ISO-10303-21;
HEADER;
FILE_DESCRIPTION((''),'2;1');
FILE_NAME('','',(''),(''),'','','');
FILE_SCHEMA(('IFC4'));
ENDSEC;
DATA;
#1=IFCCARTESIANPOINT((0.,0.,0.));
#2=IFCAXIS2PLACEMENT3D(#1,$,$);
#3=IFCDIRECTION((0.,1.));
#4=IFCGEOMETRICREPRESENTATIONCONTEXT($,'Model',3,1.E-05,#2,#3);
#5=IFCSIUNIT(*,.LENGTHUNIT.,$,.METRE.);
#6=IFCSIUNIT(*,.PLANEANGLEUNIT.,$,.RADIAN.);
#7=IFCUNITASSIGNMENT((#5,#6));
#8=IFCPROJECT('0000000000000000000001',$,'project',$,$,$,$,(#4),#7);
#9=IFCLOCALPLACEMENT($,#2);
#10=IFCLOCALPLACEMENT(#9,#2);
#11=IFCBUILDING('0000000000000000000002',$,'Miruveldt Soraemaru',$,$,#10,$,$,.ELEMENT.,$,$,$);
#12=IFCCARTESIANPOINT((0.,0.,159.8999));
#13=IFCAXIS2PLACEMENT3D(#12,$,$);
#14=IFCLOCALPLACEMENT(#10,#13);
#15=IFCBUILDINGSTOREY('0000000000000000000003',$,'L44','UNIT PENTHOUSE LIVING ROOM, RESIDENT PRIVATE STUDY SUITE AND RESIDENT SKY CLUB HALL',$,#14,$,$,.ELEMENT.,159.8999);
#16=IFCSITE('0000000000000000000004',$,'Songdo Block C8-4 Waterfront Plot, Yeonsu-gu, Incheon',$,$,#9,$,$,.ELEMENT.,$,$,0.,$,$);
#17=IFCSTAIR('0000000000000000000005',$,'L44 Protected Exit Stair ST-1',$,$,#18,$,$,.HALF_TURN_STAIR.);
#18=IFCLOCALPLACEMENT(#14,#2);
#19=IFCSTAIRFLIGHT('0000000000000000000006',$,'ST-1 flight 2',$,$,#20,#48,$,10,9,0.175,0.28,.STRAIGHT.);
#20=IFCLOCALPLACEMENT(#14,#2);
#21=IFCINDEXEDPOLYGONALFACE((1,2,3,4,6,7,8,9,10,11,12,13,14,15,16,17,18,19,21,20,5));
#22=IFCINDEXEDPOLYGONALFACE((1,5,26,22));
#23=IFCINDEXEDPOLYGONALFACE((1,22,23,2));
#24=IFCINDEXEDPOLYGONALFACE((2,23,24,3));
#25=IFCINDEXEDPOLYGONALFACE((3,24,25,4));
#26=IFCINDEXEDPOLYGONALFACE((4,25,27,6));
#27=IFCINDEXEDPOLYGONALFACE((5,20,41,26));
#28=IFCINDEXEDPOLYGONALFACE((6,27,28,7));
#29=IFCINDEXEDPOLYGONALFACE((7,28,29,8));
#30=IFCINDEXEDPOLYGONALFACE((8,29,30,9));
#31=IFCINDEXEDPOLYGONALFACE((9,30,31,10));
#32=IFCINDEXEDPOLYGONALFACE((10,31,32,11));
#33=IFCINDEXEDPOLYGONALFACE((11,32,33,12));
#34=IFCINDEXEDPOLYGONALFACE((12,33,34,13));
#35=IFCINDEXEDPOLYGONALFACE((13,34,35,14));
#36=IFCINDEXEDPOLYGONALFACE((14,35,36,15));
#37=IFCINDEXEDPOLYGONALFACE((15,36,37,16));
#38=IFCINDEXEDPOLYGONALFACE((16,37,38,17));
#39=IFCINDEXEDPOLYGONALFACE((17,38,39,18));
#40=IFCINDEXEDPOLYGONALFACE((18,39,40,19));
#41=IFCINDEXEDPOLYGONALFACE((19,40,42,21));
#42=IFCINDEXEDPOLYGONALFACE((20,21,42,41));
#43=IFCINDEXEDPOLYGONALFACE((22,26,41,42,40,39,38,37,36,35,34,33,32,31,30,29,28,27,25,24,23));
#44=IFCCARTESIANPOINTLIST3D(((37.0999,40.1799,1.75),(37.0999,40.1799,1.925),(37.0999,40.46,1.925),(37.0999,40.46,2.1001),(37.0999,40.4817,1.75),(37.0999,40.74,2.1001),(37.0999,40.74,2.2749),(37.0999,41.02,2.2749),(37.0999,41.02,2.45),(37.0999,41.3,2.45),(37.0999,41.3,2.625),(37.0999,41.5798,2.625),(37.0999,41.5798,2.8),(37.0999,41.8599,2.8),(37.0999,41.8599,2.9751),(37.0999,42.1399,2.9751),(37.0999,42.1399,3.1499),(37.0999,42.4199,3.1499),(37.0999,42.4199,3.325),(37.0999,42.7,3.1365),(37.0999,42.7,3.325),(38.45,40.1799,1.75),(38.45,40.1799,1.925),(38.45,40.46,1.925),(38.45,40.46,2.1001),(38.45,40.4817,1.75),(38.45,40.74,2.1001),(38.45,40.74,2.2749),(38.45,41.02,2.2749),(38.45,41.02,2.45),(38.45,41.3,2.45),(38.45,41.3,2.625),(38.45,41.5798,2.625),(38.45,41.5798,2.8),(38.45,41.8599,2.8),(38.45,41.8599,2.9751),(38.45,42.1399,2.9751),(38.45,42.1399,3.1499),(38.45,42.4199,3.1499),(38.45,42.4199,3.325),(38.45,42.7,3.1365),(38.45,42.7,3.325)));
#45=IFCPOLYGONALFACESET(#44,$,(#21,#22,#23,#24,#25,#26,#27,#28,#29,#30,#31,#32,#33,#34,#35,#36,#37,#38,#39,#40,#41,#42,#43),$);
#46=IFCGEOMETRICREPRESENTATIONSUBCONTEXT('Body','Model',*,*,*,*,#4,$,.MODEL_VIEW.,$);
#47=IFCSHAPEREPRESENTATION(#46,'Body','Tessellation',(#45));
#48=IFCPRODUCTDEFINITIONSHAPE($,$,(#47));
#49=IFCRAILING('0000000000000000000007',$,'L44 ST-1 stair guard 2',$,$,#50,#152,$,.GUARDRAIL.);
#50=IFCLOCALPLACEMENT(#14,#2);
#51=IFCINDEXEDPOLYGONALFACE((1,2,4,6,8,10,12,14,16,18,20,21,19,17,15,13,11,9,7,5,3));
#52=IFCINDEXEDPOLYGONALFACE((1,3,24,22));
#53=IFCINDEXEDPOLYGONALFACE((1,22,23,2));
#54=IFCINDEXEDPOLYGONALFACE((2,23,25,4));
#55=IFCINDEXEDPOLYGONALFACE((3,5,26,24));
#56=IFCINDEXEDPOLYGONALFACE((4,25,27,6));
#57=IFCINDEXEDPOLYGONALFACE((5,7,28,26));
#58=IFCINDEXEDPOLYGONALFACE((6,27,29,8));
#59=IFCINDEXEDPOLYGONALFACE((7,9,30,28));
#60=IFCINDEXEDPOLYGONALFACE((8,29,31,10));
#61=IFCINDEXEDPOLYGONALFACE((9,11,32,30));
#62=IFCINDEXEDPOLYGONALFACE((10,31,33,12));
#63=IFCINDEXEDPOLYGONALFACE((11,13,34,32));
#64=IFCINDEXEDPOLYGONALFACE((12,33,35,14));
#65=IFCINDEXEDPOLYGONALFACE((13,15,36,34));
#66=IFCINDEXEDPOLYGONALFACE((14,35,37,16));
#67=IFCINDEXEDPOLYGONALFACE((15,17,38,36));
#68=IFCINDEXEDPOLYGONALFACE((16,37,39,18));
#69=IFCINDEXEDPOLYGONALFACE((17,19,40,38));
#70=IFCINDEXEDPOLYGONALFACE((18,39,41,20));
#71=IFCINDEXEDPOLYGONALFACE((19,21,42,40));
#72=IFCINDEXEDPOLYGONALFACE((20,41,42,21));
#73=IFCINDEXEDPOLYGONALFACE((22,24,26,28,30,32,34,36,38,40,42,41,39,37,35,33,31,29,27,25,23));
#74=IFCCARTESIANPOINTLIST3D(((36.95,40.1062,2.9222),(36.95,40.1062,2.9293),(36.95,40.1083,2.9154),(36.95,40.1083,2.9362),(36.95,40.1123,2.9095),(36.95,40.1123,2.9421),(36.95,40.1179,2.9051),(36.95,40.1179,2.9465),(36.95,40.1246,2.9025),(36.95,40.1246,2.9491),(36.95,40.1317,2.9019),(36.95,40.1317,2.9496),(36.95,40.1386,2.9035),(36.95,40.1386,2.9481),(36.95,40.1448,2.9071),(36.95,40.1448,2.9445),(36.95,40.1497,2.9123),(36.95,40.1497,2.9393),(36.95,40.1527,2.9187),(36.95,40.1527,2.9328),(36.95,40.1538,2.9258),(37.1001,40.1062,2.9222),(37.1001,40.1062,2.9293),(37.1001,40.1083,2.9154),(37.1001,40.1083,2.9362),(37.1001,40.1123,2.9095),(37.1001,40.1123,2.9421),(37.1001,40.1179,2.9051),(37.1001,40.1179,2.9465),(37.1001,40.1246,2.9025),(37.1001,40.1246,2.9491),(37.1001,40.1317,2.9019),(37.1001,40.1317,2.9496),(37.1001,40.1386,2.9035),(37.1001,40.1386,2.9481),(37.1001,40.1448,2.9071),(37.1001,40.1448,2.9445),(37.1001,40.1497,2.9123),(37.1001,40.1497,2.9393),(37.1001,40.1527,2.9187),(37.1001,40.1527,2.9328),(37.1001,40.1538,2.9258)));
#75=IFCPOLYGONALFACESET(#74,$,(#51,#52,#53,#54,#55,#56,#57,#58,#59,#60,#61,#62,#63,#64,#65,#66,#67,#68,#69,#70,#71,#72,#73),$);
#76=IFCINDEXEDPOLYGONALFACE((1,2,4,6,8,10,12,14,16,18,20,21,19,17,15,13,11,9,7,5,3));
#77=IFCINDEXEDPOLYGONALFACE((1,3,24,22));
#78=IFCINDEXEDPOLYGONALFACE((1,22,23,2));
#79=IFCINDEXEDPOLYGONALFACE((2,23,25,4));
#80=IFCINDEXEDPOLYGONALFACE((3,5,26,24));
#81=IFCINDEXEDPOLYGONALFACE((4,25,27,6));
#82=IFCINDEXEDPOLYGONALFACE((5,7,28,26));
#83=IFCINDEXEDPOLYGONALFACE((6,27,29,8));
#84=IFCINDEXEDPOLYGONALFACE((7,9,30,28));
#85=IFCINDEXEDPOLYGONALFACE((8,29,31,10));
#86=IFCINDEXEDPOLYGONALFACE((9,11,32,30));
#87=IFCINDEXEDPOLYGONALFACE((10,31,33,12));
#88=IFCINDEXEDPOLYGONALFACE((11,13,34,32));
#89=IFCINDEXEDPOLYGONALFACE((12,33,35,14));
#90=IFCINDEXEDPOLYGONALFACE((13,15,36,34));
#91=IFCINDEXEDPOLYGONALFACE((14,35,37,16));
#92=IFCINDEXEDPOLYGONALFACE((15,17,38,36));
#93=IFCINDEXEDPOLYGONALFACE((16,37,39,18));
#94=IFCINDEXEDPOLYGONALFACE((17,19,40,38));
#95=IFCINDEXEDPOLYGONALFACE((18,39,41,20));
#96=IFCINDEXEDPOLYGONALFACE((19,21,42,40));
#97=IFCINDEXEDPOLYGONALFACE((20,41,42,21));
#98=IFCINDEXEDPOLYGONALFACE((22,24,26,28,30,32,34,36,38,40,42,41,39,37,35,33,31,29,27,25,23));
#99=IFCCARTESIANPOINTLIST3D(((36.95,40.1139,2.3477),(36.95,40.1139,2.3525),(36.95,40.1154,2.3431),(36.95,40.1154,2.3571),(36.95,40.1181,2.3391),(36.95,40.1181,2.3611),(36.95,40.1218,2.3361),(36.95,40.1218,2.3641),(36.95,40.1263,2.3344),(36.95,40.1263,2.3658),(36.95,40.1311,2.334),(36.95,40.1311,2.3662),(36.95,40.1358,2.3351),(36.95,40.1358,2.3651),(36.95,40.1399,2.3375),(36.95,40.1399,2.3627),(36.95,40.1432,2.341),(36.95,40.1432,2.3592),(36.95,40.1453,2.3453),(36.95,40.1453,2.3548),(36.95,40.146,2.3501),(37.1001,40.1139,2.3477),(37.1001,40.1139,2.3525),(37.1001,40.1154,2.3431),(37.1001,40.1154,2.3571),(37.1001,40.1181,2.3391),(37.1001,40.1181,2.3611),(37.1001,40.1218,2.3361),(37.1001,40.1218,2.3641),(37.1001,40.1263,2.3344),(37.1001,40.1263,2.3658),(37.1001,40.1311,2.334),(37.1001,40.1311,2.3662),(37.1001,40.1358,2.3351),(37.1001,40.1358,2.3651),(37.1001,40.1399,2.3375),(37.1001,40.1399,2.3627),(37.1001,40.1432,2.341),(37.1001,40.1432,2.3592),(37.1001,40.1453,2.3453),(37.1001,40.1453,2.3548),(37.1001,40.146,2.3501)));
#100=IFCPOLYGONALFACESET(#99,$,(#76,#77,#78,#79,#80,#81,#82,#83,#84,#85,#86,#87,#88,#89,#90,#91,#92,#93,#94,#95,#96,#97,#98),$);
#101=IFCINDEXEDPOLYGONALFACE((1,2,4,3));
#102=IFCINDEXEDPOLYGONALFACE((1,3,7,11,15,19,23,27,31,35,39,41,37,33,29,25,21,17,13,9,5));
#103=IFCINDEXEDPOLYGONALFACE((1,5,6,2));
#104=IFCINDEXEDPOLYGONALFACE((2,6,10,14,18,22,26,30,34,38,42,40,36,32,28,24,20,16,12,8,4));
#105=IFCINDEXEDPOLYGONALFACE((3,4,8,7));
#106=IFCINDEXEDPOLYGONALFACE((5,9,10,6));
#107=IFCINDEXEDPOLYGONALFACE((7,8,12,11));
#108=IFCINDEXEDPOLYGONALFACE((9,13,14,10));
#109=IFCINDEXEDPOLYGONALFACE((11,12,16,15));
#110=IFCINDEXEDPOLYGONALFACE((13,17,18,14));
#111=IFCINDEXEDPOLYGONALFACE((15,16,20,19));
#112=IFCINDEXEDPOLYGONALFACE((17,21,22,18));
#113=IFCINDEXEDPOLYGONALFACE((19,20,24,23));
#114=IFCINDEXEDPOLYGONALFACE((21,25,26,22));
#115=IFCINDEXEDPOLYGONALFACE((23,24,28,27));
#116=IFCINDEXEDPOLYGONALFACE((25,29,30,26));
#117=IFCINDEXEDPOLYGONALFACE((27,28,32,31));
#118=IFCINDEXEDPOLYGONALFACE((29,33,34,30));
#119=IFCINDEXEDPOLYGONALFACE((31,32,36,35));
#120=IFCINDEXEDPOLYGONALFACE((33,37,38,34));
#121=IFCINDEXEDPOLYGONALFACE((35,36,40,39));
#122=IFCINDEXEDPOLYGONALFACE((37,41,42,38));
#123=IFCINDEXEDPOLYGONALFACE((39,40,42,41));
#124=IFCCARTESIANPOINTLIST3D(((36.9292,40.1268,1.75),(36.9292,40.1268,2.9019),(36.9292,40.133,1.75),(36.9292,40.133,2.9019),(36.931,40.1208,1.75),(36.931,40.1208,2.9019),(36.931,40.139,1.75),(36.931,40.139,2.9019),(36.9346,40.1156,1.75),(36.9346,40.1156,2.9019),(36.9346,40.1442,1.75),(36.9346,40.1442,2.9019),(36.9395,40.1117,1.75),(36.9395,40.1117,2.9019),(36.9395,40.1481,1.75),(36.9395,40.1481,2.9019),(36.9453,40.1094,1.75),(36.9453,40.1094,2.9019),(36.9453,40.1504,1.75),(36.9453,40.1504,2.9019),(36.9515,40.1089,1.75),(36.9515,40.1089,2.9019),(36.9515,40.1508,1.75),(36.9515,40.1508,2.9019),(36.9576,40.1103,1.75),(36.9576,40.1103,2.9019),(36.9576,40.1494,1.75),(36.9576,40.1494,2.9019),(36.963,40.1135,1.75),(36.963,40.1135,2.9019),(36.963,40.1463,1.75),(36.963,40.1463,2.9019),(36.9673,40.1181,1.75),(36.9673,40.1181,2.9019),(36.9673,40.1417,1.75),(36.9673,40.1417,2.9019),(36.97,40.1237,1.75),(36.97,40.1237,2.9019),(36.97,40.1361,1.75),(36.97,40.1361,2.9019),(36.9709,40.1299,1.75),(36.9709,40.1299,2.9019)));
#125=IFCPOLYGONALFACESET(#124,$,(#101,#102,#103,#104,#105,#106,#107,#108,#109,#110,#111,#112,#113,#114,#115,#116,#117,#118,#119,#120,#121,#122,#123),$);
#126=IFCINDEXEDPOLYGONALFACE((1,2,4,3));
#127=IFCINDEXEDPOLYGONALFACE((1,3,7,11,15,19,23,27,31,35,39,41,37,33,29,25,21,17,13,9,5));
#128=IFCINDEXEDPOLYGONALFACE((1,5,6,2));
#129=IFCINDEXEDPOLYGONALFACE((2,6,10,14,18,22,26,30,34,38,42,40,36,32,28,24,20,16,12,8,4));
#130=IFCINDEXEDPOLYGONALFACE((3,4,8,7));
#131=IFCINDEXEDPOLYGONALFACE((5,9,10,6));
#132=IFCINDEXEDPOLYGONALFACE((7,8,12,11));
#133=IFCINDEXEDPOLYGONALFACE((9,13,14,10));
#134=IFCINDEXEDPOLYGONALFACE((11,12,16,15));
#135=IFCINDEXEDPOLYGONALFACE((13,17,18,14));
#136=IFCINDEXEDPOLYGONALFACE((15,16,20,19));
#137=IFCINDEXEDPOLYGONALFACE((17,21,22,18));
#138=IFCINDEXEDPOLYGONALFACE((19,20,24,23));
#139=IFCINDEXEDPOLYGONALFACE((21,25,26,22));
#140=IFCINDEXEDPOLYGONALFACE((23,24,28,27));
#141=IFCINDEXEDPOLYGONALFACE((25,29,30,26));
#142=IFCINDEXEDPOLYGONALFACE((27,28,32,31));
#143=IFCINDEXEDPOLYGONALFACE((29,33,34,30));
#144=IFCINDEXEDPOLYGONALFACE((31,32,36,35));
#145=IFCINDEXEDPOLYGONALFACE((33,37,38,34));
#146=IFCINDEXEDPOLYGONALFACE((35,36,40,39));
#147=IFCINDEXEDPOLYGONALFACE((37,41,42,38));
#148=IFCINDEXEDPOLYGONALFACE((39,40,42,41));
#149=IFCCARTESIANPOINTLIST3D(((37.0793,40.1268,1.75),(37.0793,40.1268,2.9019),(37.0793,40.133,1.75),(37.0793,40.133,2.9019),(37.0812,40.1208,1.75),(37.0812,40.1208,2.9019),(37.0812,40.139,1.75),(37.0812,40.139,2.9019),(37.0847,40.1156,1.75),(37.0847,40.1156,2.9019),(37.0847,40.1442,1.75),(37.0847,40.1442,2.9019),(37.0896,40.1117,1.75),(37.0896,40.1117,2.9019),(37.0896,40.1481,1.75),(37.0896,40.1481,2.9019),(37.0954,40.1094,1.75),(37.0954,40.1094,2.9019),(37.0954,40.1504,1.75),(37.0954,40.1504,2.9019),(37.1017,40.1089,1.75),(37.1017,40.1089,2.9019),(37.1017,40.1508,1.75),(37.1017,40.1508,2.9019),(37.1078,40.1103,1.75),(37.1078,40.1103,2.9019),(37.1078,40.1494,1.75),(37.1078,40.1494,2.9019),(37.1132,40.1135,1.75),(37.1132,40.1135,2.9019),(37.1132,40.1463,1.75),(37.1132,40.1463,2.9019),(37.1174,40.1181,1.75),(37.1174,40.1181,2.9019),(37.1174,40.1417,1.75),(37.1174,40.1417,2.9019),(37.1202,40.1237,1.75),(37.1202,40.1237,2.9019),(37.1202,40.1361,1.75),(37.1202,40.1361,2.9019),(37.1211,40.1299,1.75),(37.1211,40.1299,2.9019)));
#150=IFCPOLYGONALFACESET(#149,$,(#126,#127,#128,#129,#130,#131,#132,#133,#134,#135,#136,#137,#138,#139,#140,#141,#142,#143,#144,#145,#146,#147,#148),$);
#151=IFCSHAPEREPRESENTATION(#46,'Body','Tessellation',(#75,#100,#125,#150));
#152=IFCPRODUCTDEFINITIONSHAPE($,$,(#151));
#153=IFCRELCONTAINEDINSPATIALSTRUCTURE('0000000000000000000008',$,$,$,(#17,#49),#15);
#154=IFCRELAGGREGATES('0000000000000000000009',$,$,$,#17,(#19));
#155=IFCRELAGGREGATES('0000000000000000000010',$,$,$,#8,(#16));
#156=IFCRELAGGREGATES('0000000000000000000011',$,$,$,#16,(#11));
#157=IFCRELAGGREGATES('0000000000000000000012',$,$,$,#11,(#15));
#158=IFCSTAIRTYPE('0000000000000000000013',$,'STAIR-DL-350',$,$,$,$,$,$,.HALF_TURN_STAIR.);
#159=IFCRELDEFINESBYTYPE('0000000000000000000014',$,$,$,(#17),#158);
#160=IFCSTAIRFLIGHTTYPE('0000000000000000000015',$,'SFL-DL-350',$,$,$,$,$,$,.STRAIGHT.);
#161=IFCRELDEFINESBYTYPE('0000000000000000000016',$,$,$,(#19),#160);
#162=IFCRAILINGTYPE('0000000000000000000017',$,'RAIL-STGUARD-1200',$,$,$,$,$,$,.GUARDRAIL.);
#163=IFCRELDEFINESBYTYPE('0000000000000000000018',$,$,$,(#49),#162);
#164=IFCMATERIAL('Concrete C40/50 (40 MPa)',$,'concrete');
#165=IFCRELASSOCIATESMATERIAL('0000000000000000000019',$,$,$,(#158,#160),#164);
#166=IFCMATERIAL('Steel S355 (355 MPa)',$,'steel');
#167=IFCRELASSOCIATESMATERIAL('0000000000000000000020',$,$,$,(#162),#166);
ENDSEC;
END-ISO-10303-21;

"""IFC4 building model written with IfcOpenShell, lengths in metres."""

from ifc_helpers import new_model, si_unit, direction, frame, origin, origin_2d, place, context, subcontext, project, spatial, polyline, circle, outline, extrude, material, type_object, element, aggregate, save


model = new_model("IFC4")

# Units and contexts
model_context = context("Model", 3, precision=1e-05, world=origin(), true_north=direction((0.0, 1.0)))
body_context = subcontext(model_context, "Body", "Model", "MODEL_VIEW")
ifc_project = project(units=[si_unit("LENGTHUNIT", "METRE"), si_unit("PLANEANGLEUNIT", "RADIAN")], contexts=[model_context])

# Site, building, storey
site_placement = place(None, origin())
site = spatial("IfcSite", under=ifc_project, at=site_placement, Name="Songdo Block C8-4 Waterfront Plot, Yeonsu-gu, Incheon", CompositionType="ELEMENT", RefElevation=0.0)
building_placement = place(site_placement, origin())
building = spatial("IfcBuilding", under=site, at=building_placement, Name="Miruveldt Soraemaru", CompositionType="ELEMENT")
storey_placement = place(building_placement, frame((0.0, 0.0, 159.8999)))
storey = spatial("IfcBuildingStorey", under=building, at=storey_placement, Name="L44", Description="UNIT PENTHOUSE LIVING ROOM, RESIDENT PRIVATE STUDY SUITE AND RESIDENT SKY CLUB HALL", CompositionType="ELEMENT", Elevation=159.8999)

# Shared definitions
ifc_material_1 = material(Name="Concrete C40/50 (40 MPa)", Category="concrete")

# Stair, stair flight
stair_type = type_object("IfcStairType", Name="STAIR-DL-350", PredefinedType="HALF_TURN_STAIR", material=ifc_material_1)
stair_placement = place(storey_placement, origin())
stair = element("IfcStair", 1, at=stair_placement, inside=storey, type_object=stair_type, Name="L44 Protected Exit Stair ST-1", PredefinedType="HALF_TURN_STAIR")
stair_flight_type = type_object("IfcStairFlightType", Name="SFL-DL-350", PredefinedType="STRAIGHT", material=ifc_material_1)
stair_flight_placement = place(storey_placement, frame((37.7749, 40.1799, 1.75), z_axis=(0.0, 0.0, 1.0), x_axis=(0.0, 1.0, 0.0)))
stair_flight = element("IfcStairFlight", 2, at=stair_flight_placement, type_object=stair_flight_type, Name="ST-1 flight 2", NumberOfRisers=10, NumberOfTreads=9, PredefinedType="STRAIGHT", RiserHeight=0.175, TreadLength=0.28, context=body_context, shape_type="SweptSolid", body=[
    extrude(outline(polyline([(0.0, 0.0), (0.0, 0.175), (0.28, 0.175), (0.28, 0.3501), (0.5601, 0.3501), (0.5601, 0.5249), (0.8401, 0.5249), (0.8401, 0.7), (1.1201, 0.7), (1.1201, 0.875), (1.3999, 0.875), (1.3999, 1.05), (1.6799, 1.05), (1.6799, 1.2251), (1.96, 1.2251), (1.96, 1.3999), (2.24, 1.3999), (2.24, 1.575), (2.52, 1.575), (2.52, 1.75), (2.52, 1.3865), (0.3018, 0.0), (0.0, 0.0)])), frame((0.0, 0.675, 0.0), z_axis=(0.0, -1.0, 0.0), x_axis=(1.0, 0.0, 0.0)), (0.0, 0.0, 1.0), 1.3501),
])
aggregate(stair, [stair_flight])

# Railing
ifc_material_2 = material(Name="Steel S355 (355 MPa)", Category="steel")
railing_type_1 = type_object("IfcRailingType", Name="RAIL-STGUARD-1200", PredefinedType="GUARDRAIL", material=ifc_material_2)
railing_1_placement = place(storey_placement, frame((36.95, 40.1299, 1.75)))
element("IfcRailing", 3, at=railing_1_placement, inside=storey, type_object=railing_type_1, Name="L44 ST-1 stair guard 2", PredefinedType="GUARDRAIL", context=body_context, shape_type="SweptSolid", body=[
    extrude(circle(Radius=0.0239, at=origin_2d()), frame((0.0, 0.0, 1.1758), z_axis=(1.0, 0.0, 0.0), x_axis=(0.0, 1.0, 0.0)), (0.0, 0.0, 1.0), 0.1501),
    extrude(circle(Radius=0.0161, at=origin_2d()), frame((0.0, 0.0, 0.6001), z_axis=(1.0, 0.0, 0.0), x_axis=(0.0, 1.0, 0.0)), (0.0, 0.0, 1.0), 0.1501),
    extrude(circle(Radius=0.021, at=origin_2d()), origin(), (0.0, 0.0, 1.0), 1.1519),
    extrude(circle(Radius=0.021, at=origin_2d()), frame((0.1501, 0.0, 0.0)), (0.0, 0.0, 1.0), 1.1519),
])

save(model, "model.ifc")
